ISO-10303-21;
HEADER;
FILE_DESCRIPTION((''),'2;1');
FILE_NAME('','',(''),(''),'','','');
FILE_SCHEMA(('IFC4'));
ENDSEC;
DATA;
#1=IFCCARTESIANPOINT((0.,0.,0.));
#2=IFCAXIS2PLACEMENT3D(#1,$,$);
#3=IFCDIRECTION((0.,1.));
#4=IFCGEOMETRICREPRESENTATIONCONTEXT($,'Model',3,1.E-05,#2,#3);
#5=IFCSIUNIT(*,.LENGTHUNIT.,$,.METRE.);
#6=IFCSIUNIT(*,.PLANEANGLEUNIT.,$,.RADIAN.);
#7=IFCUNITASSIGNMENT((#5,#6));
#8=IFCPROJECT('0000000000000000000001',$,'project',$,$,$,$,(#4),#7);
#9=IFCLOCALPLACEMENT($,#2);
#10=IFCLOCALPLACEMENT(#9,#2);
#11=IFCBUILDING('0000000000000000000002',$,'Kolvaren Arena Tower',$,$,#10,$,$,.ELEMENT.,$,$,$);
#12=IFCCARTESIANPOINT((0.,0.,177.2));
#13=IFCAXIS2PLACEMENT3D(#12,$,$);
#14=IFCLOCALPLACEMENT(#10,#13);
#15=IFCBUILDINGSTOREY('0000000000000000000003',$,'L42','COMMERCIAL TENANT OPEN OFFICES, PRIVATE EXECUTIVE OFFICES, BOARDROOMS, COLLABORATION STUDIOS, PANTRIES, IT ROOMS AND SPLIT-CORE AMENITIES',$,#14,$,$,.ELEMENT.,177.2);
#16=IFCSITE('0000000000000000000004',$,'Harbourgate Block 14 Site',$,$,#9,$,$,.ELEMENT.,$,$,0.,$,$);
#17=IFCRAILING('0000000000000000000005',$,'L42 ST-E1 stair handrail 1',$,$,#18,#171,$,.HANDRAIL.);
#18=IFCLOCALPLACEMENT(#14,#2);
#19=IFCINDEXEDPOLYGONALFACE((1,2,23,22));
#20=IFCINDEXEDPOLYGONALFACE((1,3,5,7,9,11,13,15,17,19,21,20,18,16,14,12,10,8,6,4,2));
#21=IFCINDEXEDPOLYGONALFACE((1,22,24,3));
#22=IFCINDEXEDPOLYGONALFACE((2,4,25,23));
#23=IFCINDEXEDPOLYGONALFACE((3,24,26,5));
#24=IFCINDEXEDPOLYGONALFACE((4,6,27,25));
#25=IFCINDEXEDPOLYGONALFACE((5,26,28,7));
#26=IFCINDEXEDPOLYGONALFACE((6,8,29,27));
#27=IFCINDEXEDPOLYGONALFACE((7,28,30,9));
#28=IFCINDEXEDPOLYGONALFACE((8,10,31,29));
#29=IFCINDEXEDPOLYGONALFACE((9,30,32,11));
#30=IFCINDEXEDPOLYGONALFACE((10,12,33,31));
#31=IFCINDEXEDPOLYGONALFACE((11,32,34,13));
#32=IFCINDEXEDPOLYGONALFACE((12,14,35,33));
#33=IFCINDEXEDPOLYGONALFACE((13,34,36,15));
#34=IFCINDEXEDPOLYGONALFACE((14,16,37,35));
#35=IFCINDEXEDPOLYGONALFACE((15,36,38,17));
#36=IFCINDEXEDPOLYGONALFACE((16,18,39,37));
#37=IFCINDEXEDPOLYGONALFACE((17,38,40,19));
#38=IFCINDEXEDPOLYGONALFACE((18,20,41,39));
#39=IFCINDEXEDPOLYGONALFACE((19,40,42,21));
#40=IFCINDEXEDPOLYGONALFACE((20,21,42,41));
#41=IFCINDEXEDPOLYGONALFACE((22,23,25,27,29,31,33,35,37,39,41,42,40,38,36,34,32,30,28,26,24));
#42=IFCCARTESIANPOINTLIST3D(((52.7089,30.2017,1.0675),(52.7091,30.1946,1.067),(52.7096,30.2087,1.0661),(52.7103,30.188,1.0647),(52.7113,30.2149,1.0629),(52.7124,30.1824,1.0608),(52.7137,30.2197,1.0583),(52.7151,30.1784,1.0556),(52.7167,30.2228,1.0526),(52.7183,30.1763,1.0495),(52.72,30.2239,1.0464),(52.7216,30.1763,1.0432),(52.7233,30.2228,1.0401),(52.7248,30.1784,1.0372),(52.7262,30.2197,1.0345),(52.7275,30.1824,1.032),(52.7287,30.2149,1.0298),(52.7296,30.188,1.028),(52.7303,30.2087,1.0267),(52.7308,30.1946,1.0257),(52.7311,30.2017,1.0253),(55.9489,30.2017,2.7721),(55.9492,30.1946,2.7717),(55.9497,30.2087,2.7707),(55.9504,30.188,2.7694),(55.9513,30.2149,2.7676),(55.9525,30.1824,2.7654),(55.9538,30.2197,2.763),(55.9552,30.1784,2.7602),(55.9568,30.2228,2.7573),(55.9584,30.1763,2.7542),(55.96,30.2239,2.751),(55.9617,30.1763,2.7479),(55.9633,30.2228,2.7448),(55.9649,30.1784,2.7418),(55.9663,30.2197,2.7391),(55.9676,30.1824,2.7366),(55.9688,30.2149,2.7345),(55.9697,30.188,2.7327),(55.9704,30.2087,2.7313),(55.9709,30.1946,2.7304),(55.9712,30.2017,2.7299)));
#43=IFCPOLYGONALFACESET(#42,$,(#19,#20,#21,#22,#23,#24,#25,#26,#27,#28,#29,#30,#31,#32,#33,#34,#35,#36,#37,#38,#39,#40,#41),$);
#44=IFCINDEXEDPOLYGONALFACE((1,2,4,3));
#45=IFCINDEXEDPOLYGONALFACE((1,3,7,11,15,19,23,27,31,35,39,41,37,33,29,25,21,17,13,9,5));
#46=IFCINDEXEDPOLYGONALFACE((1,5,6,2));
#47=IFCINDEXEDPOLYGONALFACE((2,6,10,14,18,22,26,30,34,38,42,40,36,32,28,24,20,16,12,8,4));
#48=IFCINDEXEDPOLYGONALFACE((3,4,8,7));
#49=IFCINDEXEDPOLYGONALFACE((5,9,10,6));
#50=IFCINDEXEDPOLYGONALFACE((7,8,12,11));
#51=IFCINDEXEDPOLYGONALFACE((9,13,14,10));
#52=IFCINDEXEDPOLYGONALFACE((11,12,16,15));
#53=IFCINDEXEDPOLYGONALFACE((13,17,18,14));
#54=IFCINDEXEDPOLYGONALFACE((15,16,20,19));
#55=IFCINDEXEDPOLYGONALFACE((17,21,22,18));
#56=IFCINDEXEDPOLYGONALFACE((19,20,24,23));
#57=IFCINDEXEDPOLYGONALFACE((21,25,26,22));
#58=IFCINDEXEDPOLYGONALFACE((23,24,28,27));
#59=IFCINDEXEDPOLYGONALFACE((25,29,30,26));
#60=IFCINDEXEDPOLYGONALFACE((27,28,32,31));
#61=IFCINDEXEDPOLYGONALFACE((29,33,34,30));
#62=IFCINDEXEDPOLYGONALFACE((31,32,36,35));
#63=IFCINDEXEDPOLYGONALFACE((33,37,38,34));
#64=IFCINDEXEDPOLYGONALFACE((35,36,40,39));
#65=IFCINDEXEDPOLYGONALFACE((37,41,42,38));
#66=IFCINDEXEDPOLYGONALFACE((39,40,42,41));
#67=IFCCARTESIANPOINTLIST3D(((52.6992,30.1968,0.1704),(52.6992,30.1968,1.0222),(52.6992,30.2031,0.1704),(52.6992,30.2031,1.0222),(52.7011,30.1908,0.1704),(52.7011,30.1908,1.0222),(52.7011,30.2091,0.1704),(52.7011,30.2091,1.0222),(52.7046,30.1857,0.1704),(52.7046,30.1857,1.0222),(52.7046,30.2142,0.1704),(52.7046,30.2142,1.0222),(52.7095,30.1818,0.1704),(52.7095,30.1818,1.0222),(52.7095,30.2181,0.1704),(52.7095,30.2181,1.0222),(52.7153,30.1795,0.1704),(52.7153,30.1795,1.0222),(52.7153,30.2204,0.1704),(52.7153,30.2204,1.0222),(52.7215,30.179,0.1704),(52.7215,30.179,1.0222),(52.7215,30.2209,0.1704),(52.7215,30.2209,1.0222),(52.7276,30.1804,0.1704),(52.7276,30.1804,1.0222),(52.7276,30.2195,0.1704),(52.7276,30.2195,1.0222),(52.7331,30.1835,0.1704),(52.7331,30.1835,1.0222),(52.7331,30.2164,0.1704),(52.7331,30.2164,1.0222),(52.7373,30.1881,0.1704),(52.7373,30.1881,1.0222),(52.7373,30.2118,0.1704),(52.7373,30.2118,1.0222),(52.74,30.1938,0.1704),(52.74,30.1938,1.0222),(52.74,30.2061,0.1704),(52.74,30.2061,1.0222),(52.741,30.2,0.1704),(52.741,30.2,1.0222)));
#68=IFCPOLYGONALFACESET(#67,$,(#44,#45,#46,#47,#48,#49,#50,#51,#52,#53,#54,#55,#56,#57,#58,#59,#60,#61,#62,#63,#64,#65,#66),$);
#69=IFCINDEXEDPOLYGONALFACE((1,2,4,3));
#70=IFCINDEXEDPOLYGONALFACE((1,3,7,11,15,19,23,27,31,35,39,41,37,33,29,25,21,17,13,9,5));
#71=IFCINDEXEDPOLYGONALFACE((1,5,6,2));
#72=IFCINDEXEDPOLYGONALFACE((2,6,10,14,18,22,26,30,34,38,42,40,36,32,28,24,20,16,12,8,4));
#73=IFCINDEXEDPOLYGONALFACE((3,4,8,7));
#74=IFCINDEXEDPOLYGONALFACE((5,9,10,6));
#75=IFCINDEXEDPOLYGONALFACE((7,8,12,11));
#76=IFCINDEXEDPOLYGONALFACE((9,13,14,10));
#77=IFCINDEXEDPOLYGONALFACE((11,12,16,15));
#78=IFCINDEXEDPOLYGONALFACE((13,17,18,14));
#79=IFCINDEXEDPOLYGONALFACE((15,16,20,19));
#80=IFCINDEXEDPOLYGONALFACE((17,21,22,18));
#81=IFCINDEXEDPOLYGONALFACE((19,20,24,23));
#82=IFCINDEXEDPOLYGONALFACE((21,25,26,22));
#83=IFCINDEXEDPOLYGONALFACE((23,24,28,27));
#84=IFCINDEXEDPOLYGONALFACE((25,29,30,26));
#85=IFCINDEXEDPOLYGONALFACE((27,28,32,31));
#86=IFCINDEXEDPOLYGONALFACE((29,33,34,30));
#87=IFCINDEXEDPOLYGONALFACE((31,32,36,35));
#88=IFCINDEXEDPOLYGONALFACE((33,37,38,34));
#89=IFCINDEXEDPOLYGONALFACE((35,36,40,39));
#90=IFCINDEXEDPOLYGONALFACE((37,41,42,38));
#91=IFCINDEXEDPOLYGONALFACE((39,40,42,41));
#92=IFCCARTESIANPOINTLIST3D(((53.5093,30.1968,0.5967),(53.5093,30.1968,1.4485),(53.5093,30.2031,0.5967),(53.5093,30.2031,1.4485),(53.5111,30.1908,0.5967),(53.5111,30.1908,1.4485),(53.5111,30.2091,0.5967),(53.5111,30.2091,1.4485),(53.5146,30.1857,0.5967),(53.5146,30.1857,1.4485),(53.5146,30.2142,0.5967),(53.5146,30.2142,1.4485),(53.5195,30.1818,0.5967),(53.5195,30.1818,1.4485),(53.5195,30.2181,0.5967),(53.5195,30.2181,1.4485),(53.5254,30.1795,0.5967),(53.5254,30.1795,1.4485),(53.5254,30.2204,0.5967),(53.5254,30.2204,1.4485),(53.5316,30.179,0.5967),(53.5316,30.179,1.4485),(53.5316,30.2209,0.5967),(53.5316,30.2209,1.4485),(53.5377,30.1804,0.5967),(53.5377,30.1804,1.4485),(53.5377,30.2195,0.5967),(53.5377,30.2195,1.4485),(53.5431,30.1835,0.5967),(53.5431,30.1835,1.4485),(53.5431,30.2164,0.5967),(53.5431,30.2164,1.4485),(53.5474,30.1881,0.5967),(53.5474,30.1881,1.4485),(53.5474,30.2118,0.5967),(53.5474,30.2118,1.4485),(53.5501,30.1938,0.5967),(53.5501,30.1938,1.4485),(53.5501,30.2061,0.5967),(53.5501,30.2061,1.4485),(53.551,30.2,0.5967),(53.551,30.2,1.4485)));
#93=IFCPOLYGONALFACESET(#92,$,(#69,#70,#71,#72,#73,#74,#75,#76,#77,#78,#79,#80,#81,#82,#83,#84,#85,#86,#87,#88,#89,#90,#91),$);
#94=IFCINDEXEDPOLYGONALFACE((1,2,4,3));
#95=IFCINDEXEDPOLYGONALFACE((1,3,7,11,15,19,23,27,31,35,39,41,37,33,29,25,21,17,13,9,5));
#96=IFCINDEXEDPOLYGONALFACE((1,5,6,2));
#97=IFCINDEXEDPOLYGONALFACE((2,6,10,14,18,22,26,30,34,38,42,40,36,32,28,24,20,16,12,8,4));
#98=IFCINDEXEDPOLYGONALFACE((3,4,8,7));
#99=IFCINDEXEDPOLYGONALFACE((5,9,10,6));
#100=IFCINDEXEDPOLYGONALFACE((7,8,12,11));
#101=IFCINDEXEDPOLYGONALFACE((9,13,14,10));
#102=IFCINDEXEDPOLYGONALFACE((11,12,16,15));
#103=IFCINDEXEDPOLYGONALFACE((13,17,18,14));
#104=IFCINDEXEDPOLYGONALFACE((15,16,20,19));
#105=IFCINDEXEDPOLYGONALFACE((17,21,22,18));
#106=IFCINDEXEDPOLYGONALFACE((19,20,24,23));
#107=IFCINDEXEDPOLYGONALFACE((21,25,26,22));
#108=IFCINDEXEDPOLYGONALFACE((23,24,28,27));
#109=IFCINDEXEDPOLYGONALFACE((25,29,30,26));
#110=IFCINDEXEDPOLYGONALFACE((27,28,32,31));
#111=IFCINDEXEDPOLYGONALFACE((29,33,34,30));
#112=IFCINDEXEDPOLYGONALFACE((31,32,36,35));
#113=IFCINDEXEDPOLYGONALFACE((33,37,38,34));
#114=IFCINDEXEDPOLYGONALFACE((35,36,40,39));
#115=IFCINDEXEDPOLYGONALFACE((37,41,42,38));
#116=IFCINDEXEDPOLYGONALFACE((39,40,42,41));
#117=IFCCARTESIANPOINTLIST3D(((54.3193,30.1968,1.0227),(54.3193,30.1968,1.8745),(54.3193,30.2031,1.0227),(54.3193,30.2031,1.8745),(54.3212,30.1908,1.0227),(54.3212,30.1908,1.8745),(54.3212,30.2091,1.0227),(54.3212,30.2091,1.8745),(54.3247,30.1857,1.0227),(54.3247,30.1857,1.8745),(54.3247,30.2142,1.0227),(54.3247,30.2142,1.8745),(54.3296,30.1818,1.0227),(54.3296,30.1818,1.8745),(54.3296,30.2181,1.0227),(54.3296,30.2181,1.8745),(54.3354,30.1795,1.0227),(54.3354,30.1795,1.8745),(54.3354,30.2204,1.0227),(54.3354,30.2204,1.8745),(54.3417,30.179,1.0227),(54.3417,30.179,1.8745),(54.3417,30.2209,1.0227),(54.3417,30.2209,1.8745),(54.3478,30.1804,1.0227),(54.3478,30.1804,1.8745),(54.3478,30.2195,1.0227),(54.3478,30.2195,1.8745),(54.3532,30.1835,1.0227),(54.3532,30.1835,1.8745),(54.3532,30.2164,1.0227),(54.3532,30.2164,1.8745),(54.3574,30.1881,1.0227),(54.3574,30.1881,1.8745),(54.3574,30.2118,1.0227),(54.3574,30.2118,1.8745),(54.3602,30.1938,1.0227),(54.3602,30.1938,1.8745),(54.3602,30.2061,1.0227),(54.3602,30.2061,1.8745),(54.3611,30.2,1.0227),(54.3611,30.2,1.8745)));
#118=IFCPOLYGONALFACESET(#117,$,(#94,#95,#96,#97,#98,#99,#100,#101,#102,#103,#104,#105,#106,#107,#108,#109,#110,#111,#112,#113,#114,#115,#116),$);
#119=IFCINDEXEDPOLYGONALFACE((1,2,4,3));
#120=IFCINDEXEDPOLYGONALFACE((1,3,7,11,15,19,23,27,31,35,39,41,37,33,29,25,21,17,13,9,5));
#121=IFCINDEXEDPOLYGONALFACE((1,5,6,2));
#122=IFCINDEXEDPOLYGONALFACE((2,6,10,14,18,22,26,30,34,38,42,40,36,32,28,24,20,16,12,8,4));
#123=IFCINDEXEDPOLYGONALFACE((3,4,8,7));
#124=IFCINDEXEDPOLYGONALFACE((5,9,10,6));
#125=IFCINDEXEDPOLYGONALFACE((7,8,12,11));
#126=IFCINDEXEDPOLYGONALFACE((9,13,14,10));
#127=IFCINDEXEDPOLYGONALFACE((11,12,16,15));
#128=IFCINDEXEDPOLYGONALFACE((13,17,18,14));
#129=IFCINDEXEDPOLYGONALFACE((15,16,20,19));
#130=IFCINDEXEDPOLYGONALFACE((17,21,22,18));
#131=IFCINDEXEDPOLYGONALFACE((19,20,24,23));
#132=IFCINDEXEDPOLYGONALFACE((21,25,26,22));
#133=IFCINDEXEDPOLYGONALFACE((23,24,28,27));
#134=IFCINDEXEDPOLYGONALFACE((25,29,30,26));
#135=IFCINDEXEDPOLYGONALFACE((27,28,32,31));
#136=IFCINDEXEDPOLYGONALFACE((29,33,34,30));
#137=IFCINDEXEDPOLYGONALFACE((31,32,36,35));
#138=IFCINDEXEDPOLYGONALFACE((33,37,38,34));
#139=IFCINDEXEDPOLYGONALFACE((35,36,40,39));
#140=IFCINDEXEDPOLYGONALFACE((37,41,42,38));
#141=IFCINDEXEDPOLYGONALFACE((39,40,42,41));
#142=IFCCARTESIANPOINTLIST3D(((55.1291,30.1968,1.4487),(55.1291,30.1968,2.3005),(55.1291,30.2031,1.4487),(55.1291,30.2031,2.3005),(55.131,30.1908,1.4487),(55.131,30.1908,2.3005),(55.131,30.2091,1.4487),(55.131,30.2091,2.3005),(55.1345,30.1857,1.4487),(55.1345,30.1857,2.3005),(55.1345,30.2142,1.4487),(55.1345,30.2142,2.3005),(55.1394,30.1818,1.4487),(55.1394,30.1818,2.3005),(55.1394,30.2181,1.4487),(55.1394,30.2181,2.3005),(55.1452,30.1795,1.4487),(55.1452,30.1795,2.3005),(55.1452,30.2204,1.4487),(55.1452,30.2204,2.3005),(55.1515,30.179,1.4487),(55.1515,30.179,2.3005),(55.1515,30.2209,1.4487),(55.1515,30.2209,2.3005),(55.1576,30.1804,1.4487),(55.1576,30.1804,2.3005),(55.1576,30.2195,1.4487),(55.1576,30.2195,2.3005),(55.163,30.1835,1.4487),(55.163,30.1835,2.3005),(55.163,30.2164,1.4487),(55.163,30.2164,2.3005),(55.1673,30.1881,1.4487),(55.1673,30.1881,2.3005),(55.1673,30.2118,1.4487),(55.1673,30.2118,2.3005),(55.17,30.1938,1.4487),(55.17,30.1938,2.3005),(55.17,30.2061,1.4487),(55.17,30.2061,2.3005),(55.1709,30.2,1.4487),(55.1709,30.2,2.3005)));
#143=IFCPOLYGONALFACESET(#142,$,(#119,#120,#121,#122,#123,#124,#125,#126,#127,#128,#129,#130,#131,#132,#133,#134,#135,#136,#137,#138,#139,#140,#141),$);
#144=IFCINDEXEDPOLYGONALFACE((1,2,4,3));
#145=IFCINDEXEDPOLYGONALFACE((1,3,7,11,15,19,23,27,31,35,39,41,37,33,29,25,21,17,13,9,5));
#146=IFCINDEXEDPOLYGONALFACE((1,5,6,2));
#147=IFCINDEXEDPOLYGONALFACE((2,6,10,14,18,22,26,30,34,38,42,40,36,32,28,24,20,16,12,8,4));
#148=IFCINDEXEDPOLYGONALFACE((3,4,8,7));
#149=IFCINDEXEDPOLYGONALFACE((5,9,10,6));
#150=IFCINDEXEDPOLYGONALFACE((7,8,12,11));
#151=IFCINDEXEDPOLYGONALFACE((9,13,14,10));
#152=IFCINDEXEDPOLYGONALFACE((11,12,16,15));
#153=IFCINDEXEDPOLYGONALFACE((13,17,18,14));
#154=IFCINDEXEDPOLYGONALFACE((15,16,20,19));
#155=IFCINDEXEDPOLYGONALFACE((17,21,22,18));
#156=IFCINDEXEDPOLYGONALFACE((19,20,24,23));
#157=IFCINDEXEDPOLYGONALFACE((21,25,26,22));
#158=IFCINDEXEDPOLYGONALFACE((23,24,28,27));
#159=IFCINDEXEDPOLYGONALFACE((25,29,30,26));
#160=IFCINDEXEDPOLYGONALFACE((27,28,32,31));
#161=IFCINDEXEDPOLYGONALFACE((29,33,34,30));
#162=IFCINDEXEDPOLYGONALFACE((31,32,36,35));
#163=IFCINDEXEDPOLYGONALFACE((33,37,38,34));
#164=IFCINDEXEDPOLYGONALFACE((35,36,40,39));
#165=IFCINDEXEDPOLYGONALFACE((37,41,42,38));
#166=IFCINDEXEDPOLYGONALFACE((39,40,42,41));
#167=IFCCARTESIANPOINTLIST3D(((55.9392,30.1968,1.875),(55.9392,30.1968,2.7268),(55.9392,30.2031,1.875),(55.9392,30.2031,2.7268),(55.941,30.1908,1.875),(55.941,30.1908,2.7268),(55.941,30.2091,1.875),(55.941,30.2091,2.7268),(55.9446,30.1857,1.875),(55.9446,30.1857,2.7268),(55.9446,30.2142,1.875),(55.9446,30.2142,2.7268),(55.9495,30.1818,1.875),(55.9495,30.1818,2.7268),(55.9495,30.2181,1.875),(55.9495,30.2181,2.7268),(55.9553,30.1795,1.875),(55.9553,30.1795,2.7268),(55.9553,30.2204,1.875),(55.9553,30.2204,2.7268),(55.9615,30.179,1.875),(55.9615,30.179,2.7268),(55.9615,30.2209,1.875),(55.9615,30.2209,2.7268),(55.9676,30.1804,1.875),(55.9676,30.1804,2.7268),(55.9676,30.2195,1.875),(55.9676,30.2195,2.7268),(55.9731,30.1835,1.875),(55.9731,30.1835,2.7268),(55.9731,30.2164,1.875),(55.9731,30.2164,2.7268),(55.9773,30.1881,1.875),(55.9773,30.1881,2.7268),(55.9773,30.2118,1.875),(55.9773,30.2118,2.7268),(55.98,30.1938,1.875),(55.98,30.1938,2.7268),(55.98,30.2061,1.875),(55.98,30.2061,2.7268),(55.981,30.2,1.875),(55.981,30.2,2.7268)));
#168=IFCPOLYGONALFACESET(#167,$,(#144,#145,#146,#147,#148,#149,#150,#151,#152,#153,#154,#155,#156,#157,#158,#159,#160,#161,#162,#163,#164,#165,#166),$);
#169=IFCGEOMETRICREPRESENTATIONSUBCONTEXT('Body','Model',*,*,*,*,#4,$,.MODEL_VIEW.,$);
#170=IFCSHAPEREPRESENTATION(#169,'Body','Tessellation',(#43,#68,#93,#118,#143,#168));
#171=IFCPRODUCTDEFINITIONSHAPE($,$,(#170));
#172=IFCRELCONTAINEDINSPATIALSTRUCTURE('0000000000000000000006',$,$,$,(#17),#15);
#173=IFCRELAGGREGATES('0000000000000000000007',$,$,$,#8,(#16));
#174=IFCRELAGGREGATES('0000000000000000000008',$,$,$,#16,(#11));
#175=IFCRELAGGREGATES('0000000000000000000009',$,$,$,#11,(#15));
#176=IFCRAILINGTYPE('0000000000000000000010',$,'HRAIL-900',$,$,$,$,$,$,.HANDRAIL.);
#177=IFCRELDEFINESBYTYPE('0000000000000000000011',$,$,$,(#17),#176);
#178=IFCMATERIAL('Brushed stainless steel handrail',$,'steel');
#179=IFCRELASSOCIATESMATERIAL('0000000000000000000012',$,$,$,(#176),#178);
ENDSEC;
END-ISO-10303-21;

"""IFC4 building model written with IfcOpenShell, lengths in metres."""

from ifc_helpers import new_model, si_unit, direction, frame, origin, origin_2d, place, context, subcontext, project, spatial, circle, extrude, material, type_object, element, save


model = new_model("IFC4")

# Units and contexts
model_context = context("Model", 3, precision=1e-05, world=origin(), true_north=direction((0.0, 1.0)))
body_context = subcontext(model_context, "Body", "Model", "MODEL_VIEW")
ifc_project = project(units=[si_unit("LENGTHUNIT", "METRE"), si_unit("PLANEANGLEUNIT", "RADIAN")], contexts=[model_context])

# Site, building, storey
site_placement = place(None, origin())
site = spatial("IfcSite", under=ifc_project, at=site_placement, Name="Harbourgate Block 14 Site", CompositionType="ELEMENT", RefElevation=0.0)
building_placement = place(site_placement, origin())
building = spatial("IfcBuilding", under=site, at=building_placement, Name="Kolvaren Arena Tower", CompositionType="ELEMENT")
storey_placement = place(building_placement, frame((0.0, 0.0, 177.2)))
storey = spatial("IfcBuildingStorey", under=building, at=storey_placement, Name="L42", Description="COMMERCIAL TENANT OPEN OFFICES, PRIVATE EXECUTIVE OFFICES, BOARDROOMS, COLLABORATION STUDIOS, PANTRIES, IT ROOMS AND SPLIT-CORE AMENITIES", CompositionType="ELEMENT", Elevation=177.2)

# Railing
ifc_material_1 = material(Name="Brushed stainless steel handrail", Category="steel")
railing_type_1 = type_object("IfcRailingType", Name="HRAIL-900", PredefinedType="HANDRAIL", material=ifc_material_1)
for number, where, name in (
    (1, (52.72, 30.2, 0.1704), "L42 ST-E1 stair handrail 1"),
):
    element("IfcRailing", number, at=place(storey_placement, frame(where)), inside=storey, type_object=railing_type_1, Name=name, PredefinedType="HANDRAIL", context=body_context, shape_type="SweptSolid", body=[
        extrude(circle(Radius=0.0239, at=origin_2d()), frame((0.0, 0.0, 0.876), z_axis=(0.884993, 0.0, 0.465604), x_axis=(0.0, 1.0, 0.0)), (0.0, 0.0, 1.0), 3.6611),
        extrude(circle(Radius=0.021, at=origin_2d()), origin(), (0.0, 0.0, 1.0), 0.8518),
        extrude(circle(Radius=0.021, at=origin_2d()), frame((0.8101, 0.0, 0.4263)), (0.0, 0.0, 1.0), 0.8518),
        extrude(circle(Radius=0.021, at=origin_2d()), frame((1.6201, 0.0, 0.8523)), (0.0, 0.0, 1.0), 0.8518),
        extrude(circle(Radius=0.021, at=origin_2d()), frame((2.4299, 0.0, 1.2783)), (0.0, 0.0, 1.0), 0.8518),
        extrude(circle(Radius=0.021, at=origin_2d()), frame((3.24, 0.0, 1.7046)), (0.0, 0.0, 1.0), 0.8518),
    ])

save(model, "model.ifc")
